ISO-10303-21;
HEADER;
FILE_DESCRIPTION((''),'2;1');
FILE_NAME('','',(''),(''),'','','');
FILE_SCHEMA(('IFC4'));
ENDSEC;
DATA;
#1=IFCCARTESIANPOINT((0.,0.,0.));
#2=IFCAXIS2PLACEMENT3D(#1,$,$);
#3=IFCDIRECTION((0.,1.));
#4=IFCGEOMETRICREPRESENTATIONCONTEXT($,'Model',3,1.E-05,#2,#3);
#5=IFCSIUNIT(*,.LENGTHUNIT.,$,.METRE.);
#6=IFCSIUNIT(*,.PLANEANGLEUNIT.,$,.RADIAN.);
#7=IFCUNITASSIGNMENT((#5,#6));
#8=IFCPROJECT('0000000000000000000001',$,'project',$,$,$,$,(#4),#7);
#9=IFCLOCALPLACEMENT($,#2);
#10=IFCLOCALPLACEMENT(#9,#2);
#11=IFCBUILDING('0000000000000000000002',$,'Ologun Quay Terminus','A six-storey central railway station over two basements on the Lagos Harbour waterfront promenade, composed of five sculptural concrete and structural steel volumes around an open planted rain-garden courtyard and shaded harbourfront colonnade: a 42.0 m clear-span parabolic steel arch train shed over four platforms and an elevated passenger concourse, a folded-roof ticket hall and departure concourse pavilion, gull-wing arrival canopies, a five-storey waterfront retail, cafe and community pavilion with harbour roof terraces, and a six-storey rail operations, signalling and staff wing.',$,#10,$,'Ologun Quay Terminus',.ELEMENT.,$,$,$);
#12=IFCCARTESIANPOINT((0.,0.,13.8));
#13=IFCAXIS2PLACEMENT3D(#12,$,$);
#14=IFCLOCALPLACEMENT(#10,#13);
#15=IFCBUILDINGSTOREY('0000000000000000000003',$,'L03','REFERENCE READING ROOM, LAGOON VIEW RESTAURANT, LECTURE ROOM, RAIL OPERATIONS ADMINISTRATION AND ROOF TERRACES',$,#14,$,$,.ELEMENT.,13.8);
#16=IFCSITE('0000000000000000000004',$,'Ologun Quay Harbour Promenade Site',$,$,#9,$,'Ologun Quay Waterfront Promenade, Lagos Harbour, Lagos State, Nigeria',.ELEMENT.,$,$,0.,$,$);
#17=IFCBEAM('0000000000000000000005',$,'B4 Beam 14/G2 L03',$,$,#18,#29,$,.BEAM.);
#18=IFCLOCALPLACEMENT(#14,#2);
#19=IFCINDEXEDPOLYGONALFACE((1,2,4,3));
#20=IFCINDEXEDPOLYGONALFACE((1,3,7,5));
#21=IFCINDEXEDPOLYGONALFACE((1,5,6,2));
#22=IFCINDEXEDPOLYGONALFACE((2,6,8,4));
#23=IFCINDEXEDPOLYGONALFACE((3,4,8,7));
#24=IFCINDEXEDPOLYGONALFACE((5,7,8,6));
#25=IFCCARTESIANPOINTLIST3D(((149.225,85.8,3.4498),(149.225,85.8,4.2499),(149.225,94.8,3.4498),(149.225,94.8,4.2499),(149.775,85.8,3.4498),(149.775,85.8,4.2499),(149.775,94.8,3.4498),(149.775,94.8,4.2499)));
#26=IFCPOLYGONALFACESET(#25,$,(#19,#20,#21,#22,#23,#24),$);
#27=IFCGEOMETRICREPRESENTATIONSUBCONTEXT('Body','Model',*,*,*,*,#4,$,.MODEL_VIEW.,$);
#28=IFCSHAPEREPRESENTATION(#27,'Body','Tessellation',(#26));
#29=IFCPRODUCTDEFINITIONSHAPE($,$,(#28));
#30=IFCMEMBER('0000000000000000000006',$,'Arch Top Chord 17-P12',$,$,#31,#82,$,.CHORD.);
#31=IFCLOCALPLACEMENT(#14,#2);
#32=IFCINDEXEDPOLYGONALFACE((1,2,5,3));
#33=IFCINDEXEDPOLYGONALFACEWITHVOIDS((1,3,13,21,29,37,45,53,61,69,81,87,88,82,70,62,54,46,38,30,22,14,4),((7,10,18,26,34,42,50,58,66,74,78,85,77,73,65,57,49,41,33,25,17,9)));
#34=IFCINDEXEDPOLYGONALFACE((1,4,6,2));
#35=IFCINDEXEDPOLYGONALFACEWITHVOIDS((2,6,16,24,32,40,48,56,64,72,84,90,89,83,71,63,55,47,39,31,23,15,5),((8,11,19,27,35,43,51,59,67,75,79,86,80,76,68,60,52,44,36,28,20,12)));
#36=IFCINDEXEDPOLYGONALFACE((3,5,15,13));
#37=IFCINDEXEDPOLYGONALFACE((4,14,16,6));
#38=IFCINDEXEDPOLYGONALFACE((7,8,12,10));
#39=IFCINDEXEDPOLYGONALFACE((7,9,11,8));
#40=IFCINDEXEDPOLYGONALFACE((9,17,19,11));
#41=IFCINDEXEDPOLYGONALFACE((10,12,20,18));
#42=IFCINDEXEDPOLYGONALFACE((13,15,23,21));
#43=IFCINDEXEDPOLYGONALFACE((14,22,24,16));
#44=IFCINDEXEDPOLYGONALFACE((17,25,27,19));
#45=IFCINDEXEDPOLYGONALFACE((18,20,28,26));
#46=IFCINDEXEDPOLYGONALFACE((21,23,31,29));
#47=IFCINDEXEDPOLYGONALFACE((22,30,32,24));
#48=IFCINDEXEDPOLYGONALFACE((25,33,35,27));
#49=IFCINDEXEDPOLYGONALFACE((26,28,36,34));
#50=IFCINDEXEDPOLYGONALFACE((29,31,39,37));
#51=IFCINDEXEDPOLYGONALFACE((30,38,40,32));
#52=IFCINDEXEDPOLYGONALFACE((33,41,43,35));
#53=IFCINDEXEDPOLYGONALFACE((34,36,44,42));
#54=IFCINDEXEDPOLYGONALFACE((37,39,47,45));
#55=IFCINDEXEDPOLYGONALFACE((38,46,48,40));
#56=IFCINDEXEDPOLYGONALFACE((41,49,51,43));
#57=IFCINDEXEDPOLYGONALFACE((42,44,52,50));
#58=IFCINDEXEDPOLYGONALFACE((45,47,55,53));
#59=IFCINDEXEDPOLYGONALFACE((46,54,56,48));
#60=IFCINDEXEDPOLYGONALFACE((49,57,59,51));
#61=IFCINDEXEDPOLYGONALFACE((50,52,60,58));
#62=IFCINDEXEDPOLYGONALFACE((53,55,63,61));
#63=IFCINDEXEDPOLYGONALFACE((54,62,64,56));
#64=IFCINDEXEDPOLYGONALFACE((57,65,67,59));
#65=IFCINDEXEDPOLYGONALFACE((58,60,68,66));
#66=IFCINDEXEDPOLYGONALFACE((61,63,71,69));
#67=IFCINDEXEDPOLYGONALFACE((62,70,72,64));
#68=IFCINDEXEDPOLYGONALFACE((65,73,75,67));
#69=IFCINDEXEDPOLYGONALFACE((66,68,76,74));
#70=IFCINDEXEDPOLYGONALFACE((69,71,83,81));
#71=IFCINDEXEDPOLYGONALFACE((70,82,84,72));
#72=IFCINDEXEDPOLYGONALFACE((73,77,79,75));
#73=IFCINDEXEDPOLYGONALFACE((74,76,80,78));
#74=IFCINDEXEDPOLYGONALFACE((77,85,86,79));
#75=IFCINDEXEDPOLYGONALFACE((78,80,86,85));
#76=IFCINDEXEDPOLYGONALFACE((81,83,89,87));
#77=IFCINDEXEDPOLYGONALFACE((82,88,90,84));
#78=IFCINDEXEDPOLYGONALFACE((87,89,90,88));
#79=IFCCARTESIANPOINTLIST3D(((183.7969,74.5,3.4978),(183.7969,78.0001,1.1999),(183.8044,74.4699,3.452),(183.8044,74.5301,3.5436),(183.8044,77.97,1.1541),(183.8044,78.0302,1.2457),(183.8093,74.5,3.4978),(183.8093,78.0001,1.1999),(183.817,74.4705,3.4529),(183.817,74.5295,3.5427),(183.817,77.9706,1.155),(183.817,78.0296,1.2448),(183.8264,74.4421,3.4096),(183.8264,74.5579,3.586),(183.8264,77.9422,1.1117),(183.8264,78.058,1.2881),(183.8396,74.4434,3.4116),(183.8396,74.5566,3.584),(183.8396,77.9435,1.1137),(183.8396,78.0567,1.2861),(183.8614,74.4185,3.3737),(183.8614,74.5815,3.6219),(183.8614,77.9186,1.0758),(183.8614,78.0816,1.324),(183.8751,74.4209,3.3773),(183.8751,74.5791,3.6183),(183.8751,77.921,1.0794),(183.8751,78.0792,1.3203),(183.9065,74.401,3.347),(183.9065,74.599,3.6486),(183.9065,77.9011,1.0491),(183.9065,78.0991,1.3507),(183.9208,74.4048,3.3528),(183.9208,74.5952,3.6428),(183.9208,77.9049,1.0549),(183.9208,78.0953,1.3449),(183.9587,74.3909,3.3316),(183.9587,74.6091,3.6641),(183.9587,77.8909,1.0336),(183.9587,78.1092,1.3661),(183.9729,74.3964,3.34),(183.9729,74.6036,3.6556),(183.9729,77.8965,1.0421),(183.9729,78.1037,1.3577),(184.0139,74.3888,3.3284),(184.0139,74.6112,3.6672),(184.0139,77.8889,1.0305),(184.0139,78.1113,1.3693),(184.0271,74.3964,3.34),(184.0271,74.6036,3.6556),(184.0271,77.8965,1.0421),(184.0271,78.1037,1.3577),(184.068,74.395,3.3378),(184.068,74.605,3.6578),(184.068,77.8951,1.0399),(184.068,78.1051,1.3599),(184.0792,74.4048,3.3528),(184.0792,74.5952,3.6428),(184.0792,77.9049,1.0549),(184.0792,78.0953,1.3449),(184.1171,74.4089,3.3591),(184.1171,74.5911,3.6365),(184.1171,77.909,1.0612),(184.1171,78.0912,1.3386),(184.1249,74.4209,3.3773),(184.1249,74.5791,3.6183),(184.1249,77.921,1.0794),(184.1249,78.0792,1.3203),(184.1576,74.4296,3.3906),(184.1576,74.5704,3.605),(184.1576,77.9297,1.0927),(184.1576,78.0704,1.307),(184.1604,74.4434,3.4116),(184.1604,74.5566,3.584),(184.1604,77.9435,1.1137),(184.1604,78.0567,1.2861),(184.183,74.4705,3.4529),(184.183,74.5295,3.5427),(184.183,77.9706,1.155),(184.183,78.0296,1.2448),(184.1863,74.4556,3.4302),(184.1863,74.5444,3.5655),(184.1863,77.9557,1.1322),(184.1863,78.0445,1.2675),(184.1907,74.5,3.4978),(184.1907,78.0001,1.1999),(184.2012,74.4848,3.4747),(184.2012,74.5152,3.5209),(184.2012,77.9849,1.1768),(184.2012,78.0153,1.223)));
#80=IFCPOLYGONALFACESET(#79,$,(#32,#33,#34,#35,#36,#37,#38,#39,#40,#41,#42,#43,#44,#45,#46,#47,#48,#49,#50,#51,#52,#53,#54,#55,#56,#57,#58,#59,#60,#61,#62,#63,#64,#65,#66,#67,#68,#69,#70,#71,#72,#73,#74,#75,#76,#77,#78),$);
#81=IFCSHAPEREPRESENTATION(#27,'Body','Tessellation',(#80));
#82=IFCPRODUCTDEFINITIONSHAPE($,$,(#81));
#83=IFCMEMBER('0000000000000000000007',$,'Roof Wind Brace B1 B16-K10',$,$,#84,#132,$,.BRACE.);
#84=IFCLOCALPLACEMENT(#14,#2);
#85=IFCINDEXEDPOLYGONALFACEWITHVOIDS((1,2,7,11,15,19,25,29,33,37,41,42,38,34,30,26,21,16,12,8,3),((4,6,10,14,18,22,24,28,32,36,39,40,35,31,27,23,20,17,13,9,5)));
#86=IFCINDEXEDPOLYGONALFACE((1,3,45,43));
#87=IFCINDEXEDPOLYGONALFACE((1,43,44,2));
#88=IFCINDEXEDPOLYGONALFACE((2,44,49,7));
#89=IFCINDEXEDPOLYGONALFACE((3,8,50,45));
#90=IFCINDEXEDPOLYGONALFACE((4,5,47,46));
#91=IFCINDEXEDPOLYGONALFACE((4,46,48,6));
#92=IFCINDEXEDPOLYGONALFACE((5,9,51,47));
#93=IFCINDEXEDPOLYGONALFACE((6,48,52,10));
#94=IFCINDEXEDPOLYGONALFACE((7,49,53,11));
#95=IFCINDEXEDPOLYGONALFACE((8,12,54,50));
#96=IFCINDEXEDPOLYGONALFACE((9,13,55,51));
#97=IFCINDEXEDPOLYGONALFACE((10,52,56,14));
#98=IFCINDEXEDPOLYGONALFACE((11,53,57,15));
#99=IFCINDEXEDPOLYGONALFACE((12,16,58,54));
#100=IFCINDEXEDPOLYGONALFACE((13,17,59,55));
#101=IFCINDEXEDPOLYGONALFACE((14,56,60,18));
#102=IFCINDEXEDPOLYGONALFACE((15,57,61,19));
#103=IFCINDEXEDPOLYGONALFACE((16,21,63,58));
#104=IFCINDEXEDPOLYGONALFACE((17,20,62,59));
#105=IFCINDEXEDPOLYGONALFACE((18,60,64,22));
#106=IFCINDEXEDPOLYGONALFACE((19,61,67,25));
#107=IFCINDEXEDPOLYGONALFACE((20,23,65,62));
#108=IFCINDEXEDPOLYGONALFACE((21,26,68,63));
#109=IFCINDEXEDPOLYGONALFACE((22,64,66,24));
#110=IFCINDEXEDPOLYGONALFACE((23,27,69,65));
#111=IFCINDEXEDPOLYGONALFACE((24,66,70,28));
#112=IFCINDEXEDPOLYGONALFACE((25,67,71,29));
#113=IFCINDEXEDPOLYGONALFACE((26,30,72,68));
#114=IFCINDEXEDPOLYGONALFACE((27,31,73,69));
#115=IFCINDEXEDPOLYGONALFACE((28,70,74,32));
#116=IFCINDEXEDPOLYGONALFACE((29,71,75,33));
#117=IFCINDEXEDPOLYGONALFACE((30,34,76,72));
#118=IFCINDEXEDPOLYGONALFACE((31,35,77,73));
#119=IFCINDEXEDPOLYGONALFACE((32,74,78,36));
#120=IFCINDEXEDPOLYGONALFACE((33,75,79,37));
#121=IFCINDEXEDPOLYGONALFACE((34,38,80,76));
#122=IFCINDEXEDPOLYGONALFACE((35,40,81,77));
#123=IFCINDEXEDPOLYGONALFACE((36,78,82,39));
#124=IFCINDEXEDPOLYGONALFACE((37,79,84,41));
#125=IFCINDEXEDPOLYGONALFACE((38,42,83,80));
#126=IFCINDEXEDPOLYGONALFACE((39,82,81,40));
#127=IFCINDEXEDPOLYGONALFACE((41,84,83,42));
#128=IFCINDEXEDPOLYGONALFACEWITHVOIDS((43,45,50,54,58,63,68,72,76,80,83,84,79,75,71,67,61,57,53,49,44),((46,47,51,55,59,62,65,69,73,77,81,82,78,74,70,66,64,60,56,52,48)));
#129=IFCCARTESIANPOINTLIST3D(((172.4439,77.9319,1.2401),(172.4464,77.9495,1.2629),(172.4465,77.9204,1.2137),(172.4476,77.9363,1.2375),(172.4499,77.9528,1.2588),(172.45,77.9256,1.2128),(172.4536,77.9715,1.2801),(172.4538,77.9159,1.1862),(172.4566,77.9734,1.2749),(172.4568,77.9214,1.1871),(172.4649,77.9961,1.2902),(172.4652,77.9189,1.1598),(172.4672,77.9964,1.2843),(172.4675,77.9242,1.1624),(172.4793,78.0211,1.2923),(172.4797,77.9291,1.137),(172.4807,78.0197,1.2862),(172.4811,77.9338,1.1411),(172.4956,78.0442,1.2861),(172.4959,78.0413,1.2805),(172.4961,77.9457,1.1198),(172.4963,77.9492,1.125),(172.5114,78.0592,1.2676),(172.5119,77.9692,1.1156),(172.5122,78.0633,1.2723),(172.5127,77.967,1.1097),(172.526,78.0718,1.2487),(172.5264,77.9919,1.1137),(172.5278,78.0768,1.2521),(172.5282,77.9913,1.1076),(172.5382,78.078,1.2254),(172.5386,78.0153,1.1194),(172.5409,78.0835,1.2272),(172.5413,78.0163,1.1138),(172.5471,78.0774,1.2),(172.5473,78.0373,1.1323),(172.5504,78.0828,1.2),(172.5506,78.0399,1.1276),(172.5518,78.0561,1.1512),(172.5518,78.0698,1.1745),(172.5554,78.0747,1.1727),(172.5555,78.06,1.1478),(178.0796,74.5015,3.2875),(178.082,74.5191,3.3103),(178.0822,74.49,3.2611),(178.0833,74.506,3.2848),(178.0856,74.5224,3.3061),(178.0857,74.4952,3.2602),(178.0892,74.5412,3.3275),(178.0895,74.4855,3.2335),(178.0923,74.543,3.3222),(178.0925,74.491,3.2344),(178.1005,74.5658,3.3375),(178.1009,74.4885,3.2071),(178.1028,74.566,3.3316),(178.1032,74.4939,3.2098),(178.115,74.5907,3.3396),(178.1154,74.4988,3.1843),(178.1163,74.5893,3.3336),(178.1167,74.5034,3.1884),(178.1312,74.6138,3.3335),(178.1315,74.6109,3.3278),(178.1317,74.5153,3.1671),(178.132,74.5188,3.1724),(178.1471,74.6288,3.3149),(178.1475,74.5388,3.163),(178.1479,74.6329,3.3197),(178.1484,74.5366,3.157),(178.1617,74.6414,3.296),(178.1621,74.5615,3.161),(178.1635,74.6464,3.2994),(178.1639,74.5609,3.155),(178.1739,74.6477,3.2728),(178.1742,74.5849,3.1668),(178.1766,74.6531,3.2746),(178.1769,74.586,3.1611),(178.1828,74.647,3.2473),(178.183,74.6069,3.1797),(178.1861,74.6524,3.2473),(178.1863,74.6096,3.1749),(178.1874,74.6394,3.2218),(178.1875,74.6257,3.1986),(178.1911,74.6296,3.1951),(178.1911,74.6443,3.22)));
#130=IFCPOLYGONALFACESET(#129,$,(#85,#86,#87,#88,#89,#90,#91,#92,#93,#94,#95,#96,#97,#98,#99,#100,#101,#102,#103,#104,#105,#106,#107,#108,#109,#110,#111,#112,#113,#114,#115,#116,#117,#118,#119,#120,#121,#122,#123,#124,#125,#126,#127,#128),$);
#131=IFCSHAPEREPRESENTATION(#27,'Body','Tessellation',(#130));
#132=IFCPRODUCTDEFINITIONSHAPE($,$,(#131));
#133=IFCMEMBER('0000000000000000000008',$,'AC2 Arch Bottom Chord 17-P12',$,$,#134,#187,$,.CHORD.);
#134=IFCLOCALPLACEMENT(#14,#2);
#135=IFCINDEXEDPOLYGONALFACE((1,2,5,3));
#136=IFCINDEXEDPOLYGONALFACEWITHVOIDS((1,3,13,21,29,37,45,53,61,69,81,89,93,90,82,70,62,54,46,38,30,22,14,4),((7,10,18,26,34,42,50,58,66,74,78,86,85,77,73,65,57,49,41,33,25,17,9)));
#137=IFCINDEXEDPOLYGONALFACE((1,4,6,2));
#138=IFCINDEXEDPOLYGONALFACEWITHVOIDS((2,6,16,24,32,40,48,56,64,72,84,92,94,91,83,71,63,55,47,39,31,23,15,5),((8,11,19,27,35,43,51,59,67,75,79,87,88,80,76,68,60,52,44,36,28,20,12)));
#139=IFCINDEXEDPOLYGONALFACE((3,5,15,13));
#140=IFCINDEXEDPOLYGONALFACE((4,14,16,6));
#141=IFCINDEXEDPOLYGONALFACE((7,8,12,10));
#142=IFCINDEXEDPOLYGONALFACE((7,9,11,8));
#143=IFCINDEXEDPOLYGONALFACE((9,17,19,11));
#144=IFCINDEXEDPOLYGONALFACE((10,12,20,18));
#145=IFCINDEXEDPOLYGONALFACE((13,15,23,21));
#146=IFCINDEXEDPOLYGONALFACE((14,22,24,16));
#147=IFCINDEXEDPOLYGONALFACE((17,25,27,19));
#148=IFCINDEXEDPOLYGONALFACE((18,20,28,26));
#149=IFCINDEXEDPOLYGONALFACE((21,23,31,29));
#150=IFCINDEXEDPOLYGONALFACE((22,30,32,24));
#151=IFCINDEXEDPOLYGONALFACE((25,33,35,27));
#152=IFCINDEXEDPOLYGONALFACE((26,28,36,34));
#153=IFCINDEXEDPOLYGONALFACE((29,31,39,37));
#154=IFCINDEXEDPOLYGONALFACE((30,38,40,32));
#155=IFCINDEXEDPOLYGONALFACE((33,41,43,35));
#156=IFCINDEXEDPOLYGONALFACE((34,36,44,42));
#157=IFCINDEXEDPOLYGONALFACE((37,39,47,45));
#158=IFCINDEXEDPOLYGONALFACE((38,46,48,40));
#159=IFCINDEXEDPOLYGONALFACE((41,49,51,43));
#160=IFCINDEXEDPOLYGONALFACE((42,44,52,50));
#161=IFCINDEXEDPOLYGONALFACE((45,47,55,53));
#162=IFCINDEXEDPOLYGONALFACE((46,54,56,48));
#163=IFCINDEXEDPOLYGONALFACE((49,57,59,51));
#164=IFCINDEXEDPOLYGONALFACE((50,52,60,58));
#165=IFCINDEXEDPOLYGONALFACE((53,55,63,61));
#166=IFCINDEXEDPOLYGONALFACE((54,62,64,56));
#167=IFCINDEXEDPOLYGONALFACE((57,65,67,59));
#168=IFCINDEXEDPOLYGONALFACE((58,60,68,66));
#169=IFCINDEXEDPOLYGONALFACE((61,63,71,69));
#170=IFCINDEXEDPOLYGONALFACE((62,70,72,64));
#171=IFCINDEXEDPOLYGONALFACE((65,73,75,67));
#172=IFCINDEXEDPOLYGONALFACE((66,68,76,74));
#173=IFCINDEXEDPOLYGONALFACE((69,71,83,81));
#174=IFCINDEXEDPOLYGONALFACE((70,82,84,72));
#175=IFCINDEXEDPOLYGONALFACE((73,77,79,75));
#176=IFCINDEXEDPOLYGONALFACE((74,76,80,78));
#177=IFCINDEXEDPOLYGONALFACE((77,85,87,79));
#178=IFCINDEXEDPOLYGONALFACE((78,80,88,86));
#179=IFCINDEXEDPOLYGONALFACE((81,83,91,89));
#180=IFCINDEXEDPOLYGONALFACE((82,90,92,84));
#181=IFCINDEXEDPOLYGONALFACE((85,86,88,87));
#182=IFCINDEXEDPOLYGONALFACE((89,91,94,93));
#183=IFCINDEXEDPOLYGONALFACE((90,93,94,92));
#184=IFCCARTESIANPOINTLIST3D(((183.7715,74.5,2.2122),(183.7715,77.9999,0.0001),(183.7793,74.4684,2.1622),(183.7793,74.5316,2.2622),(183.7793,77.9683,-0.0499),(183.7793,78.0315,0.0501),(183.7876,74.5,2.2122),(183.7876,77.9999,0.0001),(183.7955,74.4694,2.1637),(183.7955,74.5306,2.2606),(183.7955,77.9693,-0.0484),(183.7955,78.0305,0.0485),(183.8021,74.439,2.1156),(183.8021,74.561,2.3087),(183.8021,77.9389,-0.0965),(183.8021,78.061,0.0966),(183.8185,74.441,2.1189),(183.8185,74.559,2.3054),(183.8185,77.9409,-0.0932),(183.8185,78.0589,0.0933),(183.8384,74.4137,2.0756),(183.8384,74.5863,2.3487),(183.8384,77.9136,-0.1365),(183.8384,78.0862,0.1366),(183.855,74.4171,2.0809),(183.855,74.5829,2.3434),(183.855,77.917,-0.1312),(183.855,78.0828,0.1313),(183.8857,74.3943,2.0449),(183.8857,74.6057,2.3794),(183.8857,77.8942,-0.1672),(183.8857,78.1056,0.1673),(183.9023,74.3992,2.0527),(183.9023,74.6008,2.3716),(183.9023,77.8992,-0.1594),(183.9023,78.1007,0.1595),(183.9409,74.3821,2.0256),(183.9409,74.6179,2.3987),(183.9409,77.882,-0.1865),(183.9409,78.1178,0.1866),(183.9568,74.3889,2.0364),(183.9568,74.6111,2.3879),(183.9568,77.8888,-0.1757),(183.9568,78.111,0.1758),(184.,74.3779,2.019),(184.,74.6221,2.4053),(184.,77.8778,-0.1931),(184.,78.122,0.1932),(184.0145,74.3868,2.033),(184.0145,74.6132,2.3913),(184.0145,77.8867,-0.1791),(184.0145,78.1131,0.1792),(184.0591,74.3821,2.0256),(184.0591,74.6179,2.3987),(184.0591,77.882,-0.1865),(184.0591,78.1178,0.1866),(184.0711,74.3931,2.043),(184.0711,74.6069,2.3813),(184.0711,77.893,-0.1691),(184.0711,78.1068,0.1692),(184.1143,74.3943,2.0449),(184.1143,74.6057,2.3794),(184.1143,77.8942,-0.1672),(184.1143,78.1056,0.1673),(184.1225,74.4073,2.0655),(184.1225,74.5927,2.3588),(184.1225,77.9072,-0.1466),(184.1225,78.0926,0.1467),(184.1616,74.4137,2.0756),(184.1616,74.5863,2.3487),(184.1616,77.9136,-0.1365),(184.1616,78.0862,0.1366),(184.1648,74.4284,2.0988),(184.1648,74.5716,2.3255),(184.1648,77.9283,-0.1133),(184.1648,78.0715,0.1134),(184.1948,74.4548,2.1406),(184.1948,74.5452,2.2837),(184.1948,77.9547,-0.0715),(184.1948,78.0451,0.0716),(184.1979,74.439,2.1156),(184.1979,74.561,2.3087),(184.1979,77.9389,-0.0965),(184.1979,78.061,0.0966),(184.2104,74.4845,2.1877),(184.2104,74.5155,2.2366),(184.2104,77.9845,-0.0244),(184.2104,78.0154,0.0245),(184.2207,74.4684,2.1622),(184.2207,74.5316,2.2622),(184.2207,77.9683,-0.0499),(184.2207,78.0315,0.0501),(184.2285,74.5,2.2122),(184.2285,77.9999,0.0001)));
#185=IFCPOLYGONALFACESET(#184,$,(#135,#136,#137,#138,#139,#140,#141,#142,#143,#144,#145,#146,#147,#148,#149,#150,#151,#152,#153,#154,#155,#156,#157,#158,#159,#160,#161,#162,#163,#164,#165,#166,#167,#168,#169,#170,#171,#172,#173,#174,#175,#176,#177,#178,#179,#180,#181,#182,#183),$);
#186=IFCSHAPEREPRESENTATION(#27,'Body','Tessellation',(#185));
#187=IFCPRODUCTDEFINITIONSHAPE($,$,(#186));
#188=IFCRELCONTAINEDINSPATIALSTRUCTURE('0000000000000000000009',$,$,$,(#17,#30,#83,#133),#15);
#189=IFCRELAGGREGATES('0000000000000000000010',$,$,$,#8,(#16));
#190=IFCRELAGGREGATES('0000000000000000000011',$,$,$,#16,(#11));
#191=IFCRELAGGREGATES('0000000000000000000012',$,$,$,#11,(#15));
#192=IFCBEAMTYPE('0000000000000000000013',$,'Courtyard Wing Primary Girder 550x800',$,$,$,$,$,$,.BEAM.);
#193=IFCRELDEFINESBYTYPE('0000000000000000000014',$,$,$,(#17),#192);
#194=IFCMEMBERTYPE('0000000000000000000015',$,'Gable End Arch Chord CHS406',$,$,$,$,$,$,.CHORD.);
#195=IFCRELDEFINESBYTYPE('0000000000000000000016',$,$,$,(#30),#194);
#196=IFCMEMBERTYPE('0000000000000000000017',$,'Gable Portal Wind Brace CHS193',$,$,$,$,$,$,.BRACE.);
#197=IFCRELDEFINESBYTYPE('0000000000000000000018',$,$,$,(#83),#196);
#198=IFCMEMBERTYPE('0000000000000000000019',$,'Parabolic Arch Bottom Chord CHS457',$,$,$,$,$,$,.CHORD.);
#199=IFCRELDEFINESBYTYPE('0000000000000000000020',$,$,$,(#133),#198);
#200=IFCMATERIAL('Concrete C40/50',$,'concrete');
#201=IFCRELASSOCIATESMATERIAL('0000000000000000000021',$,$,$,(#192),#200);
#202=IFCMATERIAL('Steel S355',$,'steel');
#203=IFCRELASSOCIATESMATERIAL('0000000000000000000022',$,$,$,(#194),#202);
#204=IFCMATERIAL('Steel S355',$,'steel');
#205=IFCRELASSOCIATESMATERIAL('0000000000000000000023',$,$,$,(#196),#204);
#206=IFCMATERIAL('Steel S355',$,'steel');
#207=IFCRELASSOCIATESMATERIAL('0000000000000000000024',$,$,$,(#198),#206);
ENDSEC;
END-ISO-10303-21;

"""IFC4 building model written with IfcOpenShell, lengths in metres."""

from ifc_helpers import new_model, si_unit, direction, frame, origin, origin_2d, place, context, subcontext, project, spatial, rectangle, hollow_circle, extrude, material, material_profile, profile_set, type_object, element, save


model = new_model("IFC4")

# Units and contexts
model_context = context("Model", 3, precision=1e-05, world=origin(), true_north=direction((0.0, 1.0)))
body_context = subcontext(model_context, "Body", "Model", "MODEL_VIEW")
ifc_project = project(units=[si_unit("LENGTHUNIT", "METRE"), si_unit("PLANEANGLEUNIT", "RADIAN")], contexts=[model_context])

# Site, building, storey
site_placement = place(None, origin())
site = spatial("IfcSite", under=ifc_project, at=site_placement, Name="Ologun Quay Harbour Promenade Site", LongName="Ologun Quay Waterfront Promenade, Lagos Harbour, Lagos State, Nigeria", CompositionType="ELEMENT", RefElevation=0.0)
building_placement = place(site_placement, origin())
building = spatial("IfcBuilding", under=site, at=building_placement, Name="Ologun Quay Terminus", Description="A six-storey central railway station over two basements on the Lagos Harbour waterfront promenade, composed of five sculptural concrete and structural steel volumes around an open planted rain-garden courtyard and shaded harbourfront colonnade: a 42.0 m clear-span parabolic steel arch train shed over four platforms and an elevated passenger concourse, a folded-roof ticket hall and departure concourse pavilion, gull-wing arrival canopies, a five-storey waterfront retail, cafe and community pavilion with harbour roof terraces, and a six-storey rail operations, signalling and staff wing.", LongName="Ologun Quay Terminus", CompositionType="ELEMENT")
storey_placement = place(building_placement, frame((0.0, 0.0, 13.8)))
storey = spatial("IfcBuildingStorey", under=building, at=storey_placement, Name="L03", Description="REFERENCE READING ROOM, LAGOON VIEW RESTAURANT, LECTURE ROOM, RAIL OPERATIONS ADMINISTRATION AND ROOF TERRACES", CompositionType="ELEMENT", Elevation=13.8)

# Beam
ifc_material_1 = material(Name="Concrete C40/50", Category="concrete")
ifc_material_profile_1 = material_profile(ifc_material_1, rectangle(XDim=0.55, YDim=0.8, at=origin_2d()), Name="RC 550x800")
ifc_profile_set_1 = profile_set([ifc_material_profile_1], Name="Concrete C40/50")
beam_type = type_object("IfcBeamType", Name="Courtyard Wing Primary Girder 550x800", PredefinedType="BEAM", material=ifc_profile_set_1)
beam_1_placement = place(storey_placement, frame((149.5, 85.8, 3.8499), z_axis=(0.0, 1.0, 0.0), x_axis=(-1.0, 0.0, 0.0)))
element("IfcBeam", 1, at=beam_1_placement, inside=storey, type_object=beam_type, Name="B4 Beam 14/G2 L03", PredefinedType="BEAM", context=body_context, shape_type="SweptSolid", body=[
    extrude(rectangle(XDim=0.55, YDim=0.8, at=origin_2d()), origin(), (0.0, 0.0, 1.0), 9.0),
])

# Members
ifc_material_2 = material(Name="Steel S355", Category="steel")
ifc_material_profile_2 = material_profile(ifc_material_2, hollow_circle(Radius=0.2031, WallThickness=0.0125, at=origin_2d()), Name="CHS 406.4x12.5")
ifc_profile_set_2 = profile_set([ifc_material_profile_2], Name="Steel S355")
member_type_1 = type_object("IfcMemberType", Name="Gable End Arch Chord CHS406", PredefinedType="CHORD", material=ifc_profile_set_2)
member_1_placement = place(storey_placement, frame((184.0, 74.5, 3.4978), z_axis=(0.0, 0.835941, -0.548819), x_axis=(-1.0, 0.0, 0.0)))
element("IfcMember", 2, at=member_1_placement, inside=storey, type_object=member_type_1, Name="Arch Top Chord 17-P12", PredefinedType="CHORD", context=body_context, shape_type="SweptSolid", body=[
    extrude(hollow_circle(Radius=0.2031, WallThickness=0.0125, at=origin_2d()), origin(), (0.0, 0.0, 1.0), 4.187),
])
ifc_material_3 = material(Name="Steel S355", Category="steel")
ifc_material_profile_3 = material_profile(ifc_material_3, hollow_circle(Radius=0.0969, WallThickness=0.0063, at=origin_2d()), Name="CHS 193.7x6.3")
ifc_profile_set_3 = profile_set([ifc_material_profile_3], Name="Steel S355")
member_type_2 = type_object("IfcMemberType", Name="Gable Portal Wind Brace CHS193", PredefinedType="BRACE", material=ifc_profile_set_3)
member_2_placement = place(storey_placement, frame((172.5, 78.0, 1.2), z_axis=(0.815823, -0.496583, 0.296374), x_axis=(0.519943, 0.854201, 0.0)))
element("IfcMember", 3, at=member_2_placement, inside=storey, type_object=member_type_2, Name="Roof Wind Brace B1 B16-K10", PredefinedType="BRACE", context=body_context, shape_type="SweptSolid", body=[
    extrude(hollow_circle(Radius=0.0969, WallThickness=0.0063, at=origin_2d()), origin(), (0.0, 0.0, 1.0), 6.908),
])
ifc_material_4 = material(Name="Steel S355", Category="steel")
ifc_material_profile_4 = material_profile(ifc_material_4, hollow_circle(Radius=0.2285, WallThickness=0.0161, at=origin_2d()), Name="CHS 457x16")
ifc_profile_set_4 = profile_set([ifc_material_profile_4], Name="Steel S355")
member_type_3 = type_object("IfcMemberType", Name="Parabolic Arch Bottom Chord CHS457", PredefinedType="CHORD", material=ifc_profile_set_4)
member_3_placement = place(storey_placement, frame((184.0, 74.5, 2.2122), z_axis=(0.0, 0.845311, -0.534275), x_axis=(-1.0, 0.0, 0.0)))
element("IfcMember", 4, at=member_3_placement, inside=storey, type_object=member_type_3, Name="AC2 Arch Bottom Chord 17-P12", PredefinedType="CHORD", context=body_context, shape_type="SweptSolid", body=[
    extrude(hollow_circle(Radius=0.2285, WallThickness=0.0161, at=origin_2d()), origin(), (0.0, 0.0, 1.0), 4.1404),
])

save(model, "model.ifc")
